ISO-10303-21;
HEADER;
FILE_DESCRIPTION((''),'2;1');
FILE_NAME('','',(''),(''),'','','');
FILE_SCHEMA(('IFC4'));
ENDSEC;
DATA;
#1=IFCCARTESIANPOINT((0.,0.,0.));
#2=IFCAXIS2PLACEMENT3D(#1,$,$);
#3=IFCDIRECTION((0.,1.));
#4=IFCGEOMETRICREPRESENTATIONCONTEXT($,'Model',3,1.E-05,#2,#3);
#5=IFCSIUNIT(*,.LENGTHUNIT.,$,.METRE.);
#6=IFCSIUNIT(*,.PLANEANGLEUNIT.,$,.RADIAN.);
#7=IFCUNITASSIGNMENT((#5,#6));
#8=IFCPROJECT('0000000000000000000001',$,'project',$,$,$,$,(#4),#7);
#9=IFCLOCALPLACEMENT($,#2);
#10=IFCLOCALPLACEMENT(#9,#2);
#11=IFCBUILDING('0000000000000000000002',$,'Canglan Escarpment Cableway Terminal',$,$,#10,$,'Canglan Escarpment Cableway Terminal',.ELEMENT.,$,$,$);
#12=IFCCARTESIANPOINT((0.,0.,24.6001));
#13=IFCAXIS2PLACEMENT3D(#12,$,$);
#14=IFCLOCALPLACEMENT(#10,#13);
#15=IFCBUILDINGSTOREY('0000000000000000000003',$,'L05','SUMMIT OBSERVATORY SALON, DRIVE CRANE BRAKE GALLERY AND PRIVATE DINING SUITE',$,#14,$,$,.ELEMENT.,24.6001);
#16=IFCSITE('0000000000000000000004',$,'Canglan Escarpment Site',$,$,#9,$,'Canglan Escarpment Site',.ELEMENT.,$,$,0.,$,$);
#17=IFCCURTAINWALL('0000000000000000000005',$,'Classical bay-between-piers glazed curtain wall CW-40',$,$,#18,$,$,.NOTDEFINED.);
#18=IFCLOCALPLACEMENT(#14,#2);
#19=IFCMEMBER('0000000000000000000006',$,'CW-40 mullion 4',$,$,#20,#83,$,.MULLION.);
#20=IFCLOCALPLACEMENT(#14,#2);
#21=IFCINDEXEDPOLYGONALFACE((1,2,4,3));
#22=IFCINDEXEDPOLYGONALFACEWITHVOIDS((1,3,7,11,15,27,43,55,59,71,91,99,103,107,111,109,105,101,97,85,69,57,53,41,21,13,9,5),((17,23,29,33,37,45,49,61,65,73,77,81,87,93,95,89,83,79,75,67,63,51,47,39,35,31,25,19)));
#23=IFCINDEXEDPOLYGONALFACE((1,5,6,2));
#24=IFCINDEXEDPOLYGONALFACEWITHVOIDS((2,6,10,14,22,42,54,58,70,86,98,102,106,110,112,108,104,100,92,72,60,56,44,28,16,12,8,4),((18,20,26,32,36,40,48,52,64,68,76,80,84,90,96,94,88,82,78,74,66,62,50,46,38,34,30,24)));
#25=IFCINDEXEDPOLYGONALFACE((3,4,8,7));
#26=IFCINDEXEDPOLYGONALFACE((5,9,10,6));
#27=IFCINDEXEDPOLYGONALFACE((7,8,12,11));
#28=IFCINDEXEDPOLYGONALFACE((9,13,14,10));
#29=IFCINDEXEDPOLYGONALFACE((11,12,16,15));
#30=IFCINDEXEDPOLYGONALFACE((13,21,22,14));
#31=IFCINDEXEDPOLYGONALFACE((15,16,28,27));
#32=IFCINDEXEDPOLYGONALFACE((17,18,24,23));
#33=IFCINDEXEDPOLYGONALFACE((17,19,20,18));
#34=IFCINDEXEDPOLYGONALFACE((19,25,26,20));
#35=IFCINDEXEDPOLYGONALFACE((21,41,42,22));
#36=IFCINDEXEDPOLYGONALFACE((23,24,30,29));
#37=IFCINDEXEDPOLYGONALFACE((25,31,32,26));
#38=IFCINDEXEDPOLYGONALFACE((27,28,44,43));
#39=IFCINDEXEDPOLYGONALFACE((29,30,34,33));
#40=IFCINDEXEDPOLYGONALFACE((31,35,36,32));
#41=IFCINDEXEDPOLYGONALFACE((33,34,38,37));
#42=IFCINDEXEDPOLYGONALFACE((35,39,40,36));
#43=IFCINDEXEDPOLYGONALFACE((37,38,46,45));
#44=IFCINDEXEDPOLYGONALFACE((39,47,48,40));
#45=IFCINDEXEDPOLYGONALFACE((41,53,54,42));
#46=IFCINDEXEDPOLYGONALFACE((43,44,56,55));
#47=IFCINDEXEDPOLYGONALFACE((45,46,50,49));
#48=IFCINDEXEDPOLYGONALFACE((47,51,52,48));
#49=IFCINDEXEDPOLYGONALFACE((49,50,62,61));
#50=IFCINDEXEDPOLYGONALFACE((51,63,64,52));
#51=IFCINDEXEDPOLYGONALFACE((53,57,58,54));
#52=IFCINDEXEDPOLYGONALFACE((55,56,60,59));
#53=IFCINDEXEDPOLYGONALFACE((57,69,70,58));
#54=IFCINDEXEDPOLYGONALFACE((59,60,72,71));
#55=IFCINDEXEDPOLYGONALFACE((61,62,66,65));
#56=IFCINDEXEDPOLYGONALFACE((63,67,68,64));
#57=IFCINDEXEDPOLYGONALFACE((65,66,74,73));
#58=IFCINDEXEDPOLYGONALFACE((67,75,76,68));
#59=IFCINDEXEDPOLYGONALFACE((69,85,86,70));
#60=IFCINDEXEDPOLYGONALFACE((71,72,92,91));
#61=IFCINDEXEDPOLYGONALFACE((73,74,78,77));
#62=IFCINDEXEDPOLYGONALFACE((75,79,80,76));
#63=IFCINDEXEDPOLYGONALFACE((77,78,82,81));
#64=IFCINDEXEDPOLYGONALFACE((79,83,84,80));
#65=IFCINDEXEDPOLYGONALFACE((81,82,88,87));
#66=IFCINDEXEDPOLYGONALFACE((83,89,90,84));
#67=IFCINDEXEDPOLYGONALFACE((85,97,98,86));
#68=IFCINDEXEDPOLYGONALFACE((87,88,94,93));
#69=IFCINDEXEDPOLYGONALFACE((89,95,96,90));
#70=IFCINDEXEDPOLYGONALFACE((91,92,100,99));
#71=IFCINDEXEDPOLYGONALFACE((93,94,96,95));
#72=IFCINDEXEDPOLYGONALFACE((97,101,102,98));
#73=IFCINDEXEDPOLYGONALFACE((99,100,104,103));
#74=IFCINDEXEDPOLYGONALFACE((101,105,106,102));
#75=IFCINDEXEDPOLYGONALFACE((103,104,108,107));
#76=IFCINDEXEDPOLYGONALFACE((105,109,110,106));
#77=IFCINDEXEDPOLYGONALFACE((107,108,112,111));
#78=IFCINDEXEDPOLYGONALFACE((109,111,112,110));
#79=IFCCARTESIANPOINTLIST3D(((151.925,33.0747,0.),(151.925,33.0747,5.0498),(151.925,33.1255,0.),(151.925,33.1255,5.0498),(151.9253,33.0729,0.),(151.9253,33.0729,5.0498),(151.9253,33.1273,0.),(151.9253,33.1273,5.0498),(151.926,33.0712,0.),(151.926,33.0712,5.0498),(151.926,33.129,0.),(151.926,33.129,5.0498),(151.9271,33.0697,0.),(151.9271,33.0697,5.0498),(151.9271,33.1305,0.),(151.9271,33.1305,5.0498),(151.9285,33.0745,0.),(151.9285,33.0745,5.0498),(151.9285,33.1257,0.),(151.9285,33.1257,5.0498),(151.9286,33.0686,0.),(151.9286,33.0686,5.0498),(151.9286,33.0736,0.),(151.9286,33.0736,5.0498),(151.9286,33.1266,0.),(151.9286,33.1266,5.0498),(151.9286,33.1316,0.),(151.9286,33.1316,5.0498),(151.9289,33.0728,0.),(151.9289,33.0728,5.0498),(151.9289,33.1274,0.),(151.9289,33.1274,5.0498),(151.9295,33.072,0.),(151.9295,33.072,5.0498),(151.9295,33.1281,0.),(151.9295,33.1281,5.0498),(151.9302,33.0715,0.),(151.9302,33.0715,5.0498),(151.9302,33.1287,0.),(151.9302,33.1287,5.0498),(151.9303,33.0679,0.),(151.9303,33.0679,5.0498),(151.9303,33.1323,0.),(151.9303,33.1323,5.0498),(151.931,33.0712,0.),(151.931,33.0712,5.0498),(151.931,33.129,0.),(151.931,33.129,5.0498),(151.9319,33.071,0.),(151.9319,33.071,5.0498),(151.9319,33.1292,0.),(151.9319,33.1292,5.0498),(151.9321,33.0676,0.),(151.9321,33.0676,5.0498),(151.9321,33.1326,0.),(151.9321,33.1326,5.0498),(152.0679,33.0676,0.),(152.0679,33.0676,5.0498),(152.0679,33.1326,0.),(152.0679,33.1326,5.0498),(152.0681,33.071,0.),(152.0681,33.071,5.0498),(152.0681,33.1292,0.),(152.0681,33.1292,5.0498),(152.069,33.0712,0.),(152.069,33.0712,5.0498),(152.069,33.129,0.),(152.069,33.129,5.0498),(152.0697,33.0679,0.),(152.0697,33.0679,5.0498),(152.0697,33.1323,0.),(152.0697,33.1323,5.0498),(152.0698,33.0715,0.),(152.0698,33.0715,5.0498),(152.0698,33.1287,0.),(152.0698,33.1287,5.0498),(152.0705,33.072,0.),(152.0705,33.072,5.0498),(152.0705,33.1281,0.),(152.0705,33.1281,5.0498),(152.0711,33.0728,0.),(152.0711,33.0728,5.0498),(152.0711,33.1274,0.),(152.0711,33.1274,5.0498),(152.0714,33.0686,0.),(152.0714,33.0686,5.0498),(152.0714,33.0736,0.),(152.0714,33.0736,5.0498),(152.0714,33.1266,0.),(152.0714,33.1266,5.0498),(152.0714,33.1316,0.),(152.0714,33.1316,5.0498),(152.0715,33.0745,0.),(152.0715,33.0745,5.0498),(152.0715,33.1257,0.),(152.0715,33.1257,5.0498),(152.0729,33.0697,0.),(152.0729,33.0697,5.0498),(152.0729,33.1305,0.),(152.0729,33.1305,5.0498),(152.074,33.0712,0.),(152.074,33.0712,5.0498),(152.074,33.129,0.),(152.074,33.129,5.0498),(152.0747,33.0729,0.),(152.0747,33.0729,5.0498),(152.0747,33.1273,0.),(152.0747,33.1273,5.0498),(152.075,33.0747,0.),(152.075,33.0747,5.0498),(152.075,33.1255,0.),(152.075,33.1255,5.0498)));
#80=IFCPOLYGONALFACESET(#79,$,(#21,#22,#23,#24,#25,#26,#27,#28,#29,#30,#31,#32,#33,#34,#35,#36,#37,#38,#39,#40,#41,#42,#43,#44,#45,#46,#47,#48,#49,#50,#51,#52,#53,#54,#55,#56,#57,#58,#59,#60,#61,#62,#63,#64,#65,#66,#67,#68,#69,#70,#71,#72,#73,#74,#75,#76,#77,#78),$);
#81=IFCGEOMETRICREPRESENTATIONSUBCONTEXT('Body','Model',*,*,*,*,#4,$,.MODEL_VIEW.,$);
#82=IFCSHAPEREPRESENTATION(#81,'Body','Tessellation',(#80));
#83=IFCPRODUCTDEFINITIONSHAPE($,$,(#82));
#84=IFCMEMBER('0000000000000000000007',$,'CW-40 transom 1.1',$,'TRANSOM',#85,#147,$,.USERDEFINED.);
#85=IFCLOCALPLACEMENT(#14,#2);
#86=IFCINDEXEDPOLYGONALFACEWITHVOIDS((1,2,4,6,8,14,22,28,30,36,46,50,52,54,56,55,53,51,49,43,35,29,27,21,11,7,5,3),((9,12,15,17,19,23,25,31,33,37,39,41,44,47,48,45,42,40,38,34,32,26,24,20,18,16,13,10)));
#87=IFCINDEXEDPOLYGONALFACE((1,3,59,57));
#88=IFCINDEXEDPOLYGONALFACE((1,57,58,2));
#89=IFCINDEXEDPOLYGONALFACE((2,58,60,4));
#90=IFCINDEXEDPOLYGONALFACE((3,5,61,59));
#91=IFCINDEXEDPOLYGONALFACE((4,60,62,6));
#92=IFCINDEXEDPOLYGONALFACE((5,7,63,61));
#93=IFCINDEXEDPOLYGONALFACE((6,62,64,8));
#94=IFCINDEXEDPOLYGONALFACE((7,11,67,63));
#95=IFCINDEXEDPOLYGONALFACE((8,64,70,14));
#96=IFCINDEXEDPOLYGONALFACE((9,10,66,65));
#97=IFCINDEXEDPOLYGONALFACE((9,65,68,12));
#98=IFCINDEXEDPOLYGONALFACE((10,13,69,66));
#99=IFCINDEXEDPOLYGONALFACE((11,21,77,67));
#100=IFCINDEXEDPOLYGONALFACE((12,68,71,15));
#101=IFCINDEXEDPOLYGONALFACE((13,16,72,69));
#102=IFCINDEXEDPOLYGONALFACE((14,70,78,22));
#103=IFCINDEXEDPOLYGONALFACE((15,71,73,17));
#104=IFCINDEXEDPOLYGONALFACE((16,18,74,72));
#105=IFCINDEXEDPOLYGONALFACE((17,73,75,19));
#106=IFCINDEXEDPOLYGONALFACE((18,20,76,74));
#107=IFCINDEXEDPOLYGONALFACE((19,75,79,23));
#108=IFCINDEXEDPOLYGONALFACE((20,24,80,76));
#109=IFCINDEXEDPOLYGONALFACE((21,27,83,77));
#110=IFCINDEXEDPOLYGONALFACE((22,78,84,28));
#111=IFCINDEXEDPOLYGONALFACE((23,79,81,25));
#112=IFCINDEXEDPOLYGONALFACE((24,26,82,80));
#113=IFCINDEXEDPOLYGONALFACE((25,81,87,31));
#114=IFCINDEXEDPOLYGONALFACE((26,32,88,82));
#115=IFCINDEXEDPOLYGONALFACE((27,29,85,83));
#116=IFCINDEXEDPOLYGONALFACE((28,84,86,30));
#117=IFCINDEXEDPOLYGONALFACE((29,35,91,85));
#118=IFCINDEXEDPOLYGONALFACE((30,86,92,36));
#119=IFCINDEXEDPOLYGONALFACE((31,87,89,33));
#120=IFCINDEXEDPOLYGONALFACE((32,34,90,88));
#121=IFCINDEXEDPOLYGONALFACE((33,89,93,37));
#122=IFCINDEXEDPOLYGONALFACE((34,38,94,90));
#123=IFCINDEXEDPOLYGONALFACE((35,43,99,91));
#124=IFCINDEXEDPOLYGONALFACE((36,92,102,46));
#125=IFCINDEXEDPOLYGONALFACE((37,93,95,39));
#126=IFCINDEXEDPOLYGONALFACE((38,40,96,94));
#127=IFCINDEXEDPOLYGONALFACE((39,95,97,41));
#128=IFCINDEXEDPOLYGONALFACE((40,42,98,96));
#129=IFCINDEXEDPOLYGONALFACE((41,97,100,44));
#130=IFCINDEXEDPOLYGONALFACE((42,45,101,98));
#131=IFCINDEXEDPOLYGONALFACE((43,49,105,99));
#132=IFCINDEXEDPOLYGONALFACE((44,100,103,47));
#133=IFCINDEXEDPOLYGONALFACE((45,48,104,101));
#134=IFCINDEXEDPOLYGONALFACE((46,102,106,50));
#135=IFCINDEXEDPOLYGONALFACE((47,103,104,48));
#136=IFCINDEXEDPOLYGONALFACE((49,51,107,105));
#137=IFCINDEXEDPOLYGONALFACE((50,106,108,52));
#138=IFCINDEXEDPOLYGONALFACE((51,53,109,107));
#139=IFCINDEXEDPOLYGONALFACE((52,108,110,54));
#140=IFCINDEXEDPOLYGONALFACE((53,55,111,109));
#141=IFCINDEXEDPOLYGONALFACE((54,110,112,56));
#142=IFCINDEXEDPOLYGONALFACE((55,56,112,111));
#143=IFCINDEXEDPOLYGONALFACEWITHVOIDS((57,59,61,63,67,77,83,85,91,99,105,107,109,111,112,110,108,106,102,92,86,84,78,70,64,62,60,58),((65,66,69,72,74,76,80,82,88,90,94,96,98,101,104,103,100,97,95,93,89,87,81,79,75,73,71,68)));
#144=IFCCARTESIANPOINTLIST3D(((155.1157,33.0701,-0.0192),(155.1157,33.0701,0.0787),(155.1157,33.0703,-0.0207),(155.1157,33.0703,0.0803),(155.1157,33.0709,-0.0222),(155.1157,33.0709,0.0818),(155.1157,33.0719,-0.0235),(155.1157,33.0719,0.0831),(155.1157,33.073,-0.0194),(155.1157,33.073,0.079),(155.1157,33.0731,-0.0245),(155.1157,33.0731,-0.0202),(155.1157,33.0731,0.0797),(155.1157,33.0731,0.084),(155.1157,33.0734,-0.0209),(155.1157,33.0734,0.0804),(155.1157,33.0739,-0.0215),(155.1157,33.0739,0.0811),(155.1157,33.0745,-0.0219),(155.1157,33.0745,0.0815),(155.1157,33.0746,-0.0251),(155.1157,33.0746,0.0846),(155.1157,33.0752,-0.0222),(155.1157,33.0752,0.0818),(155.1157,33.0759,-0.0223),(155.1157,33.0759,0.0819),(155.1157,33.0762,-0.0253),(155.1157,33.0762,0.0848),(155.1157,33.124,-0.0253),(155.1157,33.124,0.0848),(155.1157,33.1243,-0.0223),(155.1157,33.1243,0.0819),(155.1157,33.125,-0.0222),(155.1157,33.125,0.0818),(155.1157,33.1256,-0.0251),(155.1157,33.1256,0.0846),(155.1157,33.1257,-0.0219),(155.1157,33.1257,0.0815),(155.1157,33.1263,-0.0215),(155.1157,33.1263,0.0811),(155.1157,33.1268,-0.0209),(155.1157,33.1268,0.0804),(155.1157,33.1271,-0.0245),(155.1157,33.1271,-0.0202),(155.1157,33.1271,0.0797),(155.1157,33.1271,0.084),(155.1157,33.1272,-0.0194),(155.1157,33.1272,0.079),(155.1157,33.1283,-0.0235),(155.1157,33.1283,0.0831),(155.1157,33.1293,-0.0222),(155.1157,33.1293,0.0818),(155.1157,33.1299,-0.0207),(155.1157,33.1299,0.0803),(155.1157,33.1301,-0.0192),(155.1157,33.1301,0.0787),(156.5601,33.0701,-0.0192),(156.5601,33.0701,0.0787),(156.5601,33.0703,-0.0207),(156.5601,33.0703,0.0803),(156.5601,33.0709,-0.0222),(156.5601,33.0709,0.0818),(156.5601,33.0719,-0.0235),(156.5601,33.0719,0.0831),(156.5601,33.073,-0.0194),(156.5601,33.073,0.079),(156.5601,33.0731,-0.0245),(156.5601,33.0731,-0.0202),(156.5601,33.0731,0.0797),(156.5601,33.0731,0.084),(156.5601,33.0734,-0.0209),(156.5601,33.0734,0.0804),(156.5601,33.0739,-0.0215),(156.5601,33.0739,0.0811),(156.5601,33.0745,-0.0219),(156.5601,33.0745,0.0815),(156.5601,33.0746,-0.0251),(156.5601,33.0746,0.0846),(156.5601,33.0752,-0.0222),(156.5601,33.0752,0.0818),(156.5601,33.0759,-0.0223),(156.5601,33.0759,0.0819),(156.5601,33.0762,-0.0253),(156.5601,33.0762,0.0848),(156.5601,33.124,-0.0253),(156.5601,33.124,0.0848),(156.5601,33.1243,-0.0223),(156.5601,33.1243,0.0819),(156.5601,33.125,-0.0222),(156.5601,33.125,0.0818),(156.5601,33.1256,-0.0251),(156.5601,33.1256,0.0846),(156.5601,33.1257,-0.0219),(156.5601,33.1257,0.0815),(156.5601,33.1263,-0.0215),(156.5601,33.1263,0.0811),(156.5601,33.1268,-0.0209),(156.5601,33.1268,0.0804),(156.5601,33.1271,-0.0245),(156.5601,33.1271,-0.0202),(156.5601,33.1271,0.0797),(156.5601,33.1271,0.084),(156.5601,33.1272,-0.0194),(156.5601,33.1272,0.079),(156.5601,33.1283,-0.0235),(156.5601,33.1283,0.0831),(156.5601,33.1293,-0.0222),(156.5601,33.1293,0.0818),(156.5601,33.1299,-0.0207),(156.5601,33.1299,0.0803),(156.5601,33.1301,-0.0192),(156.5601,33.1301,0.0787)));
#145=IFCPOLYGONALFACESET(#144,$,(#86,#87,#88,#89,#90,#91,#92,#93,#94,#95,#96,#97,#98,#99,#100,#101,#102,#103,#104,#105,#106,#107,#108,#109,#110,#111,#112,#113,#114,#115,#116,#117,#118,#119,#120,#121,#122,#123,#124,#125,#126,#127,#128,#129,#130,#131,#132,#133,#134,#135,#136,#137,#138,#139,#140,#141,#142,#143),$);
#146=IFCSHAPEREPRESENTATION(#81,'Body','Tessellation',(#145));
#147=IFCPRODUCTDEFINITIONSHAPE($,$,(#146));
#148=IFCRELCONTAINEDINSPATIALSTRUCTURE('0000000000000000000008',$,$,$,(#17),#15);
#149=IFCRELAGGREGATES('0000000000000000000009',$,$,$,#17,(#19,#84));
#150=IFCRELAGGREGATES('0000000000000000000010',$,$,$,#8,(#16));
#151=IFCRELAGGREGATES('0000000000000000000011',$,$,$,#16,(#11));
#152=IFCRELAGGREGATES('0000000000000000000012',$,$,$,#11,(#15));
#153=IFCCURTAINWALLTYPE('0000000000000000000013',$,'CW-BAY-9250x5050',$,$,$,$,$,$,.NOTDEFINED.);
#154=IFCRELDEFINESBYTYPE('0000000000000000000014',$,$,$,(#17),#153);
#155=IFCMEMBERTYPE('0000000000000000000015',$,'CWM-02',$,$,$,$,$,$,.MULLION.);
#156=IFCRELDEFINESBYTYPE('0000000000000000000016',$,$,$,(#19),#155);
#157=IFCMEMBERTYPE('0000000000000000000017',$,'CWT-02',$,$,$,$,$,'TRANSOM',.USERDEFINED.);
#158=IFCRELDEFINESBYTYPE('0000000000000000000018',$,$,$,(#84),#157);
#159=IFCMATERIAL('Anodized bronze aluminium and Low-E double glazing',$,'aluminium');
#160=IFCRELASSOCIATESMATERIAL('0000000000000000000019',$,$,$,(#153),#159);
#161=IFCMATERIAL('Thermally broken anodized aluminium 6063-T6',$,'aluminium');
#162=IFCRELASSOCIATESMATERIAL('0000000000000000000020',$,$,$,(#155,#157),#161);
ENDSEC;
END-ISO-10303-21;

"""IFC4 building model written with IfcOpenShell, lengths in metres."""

from ifc_helpers import new_model, si_unit, direction, frame, origin, origin_2d, place, context, subcontext, project, spatial, hollow_rectangle, extrude, material, material_profile, profile_set, type_object, element, aggregate, save


model = new_model("IFC4")

# Units and contexts
model_context = context("Model", 3, precision=1e-05, world=origin(), true_north=direction((0.0, 1.0)))
body_context = subcontext(model_context, "Body", "Model", "MODEL_VIEW")
ifc_project = project(units=[si_unit("LENGTHUNIT", "METRE"), si_unit("PLANEANGLEUNIT", "RADIAN")], contexts=[model_context])

# Site, building, storey
site_placement = place(None, origin())
site = spatial("IfcSite", under=ifc_project, at=site_placement, Name="Canglan Escarpment Site", LongName="Canglan Escarpment Site", CompositionType="ELEMENT", RefElevation=0.0)
building_placement = place(site_placement, origin())
building = spatial("IfcBuilding", under=site, at=building_placement, Name="Canglan Escarpment Cableway Terminal", LongName="Canglan Escarpment Cableway Terminal", CompositionType="ELEMENT")
storey_placement = place(building_placement, frame((0.0, 0.0, 24.6001)))
storey = spatial("IfcBuildingStorey", under=building, at=storey_placement, Name="L05", Description="SUMMIT OBSERVATORY SALON, DRIVE CRANE BRAKE GALLERY AND PRIVATE DINING SUITE", CompositionType="ELEMENT", Elevation=24.6001)

# Curtain wall, members
ifc_material_1 = material(Name="Anodized bronze aluminium and Low-E double glazing", Category="aluminium")
curtain_wall_type = type_object("IfcCurtainWallType", Name="CW-BAY-9250x5050", PredefinedType="NOTDEFINED", material=ifc_material_1)
curtain_wall_placement = place(storey_placement, origin())
curtain_wall = element("IfcCurtainWall", 1, at=curtain_wall_placement, inside=storey, type_object=curtain_wall_type, Name="Classical bay-between-piers glazed curtain wall CW-40", PredefinedType="NOTDEFINED")
ifc_material_2 = material(Name="Thermally broken anodized aluminium 6063-T6", Category="aluminium")
ifc_material_profile_1 = material_profile(ifc_material_2, hollow_rectangle(XDim=0.0649, YDim=0.1499, WallThickness=0.0034, InnerFilletRadius=0.0034, OuterFilletRadius=0.0071, at=origin_2d()), Name="ALU-MULL 65x150x3.5")
ifc_profile_set_1 = profile_set([ifc_material_profile_1], Name="Thermally broken anodized aluminium 6063-T6")
member_type_1 = type_object("IfcMemberType", Name="CWM-02", PredefinedType="MULLION", material=ifc_profile_set_1)
member_1_placement = place(storey_placement, frame((152.0, 33.1001, 0.0), z_axis=(0.0, 0.0, 1.0), x_axis=(0.0, -1.0, 0.0)))
member_1 = element("IfcMember", 2, at=member_1_placement, type_object=member_type_1, Name="CW-40 mullion 4", PredefinedType="MULLION", context=body_context, shape_type="SweptSolid", body=[
    extrude(hollow_rectangle(XDim=0.0649, YDim=0.1499, WallThickness=0.0034, InnerFilletRadius=0.0034, OuterFilletRadius=0.0071, at=origin_2d()), origin(), (0.0, 0.0, 1.0), 5.0498),
])
ifc_material_profile_2 = material_profile(ifc_material_2, hollow_rectangle(XDim=0.0601, YDim=0.1101, WallThickness=0.0029, InnerFilletRadius=0.0029, OuterFilletRadius=0.0061, at=origin_2d()), Name="ALU-TRAN 60x110x3")
ifc_profile_set_2 = profile_set([ifc_material_profile_2], Name="Thermally broken anodized aluminium 6063-T6")
member_type_2 = type_object("IfcMemberType", Name="CWT-02", ElementType="TRANSOM", PredefinedType="USERDEFINED", material=ifc_profile_set_2)
member_2_placement = place(storey_placement, frame((156.5601, 33.1001, 0.0298), z_axis=(-1.0, 0.0, 0.0), x_axis=(0.0, -1.0, 0.0)))
member_2 = element("IfcMember", 3, at=member_2_placement, type_object=member_type_2, Name="CW-40 transom 1.1", ObjectType="TRANSOM", PredefinedType="USERDEFINED", context=body_context, shape_type="SweptSolid", body=[
    extrude(hollow_rectangle(XDim=0.0601, YDim=0.1101, WallThickness=0.0029, InnerFilletRadius=0.0029, OuterFilletRadius=0.0061, at=origin_2d()), origin(), (0.0, 0.0, 1.0), 1.4443),
])

aggregate(curtain_wall, [member_1, member_2])

save(model, "model.ifc")
